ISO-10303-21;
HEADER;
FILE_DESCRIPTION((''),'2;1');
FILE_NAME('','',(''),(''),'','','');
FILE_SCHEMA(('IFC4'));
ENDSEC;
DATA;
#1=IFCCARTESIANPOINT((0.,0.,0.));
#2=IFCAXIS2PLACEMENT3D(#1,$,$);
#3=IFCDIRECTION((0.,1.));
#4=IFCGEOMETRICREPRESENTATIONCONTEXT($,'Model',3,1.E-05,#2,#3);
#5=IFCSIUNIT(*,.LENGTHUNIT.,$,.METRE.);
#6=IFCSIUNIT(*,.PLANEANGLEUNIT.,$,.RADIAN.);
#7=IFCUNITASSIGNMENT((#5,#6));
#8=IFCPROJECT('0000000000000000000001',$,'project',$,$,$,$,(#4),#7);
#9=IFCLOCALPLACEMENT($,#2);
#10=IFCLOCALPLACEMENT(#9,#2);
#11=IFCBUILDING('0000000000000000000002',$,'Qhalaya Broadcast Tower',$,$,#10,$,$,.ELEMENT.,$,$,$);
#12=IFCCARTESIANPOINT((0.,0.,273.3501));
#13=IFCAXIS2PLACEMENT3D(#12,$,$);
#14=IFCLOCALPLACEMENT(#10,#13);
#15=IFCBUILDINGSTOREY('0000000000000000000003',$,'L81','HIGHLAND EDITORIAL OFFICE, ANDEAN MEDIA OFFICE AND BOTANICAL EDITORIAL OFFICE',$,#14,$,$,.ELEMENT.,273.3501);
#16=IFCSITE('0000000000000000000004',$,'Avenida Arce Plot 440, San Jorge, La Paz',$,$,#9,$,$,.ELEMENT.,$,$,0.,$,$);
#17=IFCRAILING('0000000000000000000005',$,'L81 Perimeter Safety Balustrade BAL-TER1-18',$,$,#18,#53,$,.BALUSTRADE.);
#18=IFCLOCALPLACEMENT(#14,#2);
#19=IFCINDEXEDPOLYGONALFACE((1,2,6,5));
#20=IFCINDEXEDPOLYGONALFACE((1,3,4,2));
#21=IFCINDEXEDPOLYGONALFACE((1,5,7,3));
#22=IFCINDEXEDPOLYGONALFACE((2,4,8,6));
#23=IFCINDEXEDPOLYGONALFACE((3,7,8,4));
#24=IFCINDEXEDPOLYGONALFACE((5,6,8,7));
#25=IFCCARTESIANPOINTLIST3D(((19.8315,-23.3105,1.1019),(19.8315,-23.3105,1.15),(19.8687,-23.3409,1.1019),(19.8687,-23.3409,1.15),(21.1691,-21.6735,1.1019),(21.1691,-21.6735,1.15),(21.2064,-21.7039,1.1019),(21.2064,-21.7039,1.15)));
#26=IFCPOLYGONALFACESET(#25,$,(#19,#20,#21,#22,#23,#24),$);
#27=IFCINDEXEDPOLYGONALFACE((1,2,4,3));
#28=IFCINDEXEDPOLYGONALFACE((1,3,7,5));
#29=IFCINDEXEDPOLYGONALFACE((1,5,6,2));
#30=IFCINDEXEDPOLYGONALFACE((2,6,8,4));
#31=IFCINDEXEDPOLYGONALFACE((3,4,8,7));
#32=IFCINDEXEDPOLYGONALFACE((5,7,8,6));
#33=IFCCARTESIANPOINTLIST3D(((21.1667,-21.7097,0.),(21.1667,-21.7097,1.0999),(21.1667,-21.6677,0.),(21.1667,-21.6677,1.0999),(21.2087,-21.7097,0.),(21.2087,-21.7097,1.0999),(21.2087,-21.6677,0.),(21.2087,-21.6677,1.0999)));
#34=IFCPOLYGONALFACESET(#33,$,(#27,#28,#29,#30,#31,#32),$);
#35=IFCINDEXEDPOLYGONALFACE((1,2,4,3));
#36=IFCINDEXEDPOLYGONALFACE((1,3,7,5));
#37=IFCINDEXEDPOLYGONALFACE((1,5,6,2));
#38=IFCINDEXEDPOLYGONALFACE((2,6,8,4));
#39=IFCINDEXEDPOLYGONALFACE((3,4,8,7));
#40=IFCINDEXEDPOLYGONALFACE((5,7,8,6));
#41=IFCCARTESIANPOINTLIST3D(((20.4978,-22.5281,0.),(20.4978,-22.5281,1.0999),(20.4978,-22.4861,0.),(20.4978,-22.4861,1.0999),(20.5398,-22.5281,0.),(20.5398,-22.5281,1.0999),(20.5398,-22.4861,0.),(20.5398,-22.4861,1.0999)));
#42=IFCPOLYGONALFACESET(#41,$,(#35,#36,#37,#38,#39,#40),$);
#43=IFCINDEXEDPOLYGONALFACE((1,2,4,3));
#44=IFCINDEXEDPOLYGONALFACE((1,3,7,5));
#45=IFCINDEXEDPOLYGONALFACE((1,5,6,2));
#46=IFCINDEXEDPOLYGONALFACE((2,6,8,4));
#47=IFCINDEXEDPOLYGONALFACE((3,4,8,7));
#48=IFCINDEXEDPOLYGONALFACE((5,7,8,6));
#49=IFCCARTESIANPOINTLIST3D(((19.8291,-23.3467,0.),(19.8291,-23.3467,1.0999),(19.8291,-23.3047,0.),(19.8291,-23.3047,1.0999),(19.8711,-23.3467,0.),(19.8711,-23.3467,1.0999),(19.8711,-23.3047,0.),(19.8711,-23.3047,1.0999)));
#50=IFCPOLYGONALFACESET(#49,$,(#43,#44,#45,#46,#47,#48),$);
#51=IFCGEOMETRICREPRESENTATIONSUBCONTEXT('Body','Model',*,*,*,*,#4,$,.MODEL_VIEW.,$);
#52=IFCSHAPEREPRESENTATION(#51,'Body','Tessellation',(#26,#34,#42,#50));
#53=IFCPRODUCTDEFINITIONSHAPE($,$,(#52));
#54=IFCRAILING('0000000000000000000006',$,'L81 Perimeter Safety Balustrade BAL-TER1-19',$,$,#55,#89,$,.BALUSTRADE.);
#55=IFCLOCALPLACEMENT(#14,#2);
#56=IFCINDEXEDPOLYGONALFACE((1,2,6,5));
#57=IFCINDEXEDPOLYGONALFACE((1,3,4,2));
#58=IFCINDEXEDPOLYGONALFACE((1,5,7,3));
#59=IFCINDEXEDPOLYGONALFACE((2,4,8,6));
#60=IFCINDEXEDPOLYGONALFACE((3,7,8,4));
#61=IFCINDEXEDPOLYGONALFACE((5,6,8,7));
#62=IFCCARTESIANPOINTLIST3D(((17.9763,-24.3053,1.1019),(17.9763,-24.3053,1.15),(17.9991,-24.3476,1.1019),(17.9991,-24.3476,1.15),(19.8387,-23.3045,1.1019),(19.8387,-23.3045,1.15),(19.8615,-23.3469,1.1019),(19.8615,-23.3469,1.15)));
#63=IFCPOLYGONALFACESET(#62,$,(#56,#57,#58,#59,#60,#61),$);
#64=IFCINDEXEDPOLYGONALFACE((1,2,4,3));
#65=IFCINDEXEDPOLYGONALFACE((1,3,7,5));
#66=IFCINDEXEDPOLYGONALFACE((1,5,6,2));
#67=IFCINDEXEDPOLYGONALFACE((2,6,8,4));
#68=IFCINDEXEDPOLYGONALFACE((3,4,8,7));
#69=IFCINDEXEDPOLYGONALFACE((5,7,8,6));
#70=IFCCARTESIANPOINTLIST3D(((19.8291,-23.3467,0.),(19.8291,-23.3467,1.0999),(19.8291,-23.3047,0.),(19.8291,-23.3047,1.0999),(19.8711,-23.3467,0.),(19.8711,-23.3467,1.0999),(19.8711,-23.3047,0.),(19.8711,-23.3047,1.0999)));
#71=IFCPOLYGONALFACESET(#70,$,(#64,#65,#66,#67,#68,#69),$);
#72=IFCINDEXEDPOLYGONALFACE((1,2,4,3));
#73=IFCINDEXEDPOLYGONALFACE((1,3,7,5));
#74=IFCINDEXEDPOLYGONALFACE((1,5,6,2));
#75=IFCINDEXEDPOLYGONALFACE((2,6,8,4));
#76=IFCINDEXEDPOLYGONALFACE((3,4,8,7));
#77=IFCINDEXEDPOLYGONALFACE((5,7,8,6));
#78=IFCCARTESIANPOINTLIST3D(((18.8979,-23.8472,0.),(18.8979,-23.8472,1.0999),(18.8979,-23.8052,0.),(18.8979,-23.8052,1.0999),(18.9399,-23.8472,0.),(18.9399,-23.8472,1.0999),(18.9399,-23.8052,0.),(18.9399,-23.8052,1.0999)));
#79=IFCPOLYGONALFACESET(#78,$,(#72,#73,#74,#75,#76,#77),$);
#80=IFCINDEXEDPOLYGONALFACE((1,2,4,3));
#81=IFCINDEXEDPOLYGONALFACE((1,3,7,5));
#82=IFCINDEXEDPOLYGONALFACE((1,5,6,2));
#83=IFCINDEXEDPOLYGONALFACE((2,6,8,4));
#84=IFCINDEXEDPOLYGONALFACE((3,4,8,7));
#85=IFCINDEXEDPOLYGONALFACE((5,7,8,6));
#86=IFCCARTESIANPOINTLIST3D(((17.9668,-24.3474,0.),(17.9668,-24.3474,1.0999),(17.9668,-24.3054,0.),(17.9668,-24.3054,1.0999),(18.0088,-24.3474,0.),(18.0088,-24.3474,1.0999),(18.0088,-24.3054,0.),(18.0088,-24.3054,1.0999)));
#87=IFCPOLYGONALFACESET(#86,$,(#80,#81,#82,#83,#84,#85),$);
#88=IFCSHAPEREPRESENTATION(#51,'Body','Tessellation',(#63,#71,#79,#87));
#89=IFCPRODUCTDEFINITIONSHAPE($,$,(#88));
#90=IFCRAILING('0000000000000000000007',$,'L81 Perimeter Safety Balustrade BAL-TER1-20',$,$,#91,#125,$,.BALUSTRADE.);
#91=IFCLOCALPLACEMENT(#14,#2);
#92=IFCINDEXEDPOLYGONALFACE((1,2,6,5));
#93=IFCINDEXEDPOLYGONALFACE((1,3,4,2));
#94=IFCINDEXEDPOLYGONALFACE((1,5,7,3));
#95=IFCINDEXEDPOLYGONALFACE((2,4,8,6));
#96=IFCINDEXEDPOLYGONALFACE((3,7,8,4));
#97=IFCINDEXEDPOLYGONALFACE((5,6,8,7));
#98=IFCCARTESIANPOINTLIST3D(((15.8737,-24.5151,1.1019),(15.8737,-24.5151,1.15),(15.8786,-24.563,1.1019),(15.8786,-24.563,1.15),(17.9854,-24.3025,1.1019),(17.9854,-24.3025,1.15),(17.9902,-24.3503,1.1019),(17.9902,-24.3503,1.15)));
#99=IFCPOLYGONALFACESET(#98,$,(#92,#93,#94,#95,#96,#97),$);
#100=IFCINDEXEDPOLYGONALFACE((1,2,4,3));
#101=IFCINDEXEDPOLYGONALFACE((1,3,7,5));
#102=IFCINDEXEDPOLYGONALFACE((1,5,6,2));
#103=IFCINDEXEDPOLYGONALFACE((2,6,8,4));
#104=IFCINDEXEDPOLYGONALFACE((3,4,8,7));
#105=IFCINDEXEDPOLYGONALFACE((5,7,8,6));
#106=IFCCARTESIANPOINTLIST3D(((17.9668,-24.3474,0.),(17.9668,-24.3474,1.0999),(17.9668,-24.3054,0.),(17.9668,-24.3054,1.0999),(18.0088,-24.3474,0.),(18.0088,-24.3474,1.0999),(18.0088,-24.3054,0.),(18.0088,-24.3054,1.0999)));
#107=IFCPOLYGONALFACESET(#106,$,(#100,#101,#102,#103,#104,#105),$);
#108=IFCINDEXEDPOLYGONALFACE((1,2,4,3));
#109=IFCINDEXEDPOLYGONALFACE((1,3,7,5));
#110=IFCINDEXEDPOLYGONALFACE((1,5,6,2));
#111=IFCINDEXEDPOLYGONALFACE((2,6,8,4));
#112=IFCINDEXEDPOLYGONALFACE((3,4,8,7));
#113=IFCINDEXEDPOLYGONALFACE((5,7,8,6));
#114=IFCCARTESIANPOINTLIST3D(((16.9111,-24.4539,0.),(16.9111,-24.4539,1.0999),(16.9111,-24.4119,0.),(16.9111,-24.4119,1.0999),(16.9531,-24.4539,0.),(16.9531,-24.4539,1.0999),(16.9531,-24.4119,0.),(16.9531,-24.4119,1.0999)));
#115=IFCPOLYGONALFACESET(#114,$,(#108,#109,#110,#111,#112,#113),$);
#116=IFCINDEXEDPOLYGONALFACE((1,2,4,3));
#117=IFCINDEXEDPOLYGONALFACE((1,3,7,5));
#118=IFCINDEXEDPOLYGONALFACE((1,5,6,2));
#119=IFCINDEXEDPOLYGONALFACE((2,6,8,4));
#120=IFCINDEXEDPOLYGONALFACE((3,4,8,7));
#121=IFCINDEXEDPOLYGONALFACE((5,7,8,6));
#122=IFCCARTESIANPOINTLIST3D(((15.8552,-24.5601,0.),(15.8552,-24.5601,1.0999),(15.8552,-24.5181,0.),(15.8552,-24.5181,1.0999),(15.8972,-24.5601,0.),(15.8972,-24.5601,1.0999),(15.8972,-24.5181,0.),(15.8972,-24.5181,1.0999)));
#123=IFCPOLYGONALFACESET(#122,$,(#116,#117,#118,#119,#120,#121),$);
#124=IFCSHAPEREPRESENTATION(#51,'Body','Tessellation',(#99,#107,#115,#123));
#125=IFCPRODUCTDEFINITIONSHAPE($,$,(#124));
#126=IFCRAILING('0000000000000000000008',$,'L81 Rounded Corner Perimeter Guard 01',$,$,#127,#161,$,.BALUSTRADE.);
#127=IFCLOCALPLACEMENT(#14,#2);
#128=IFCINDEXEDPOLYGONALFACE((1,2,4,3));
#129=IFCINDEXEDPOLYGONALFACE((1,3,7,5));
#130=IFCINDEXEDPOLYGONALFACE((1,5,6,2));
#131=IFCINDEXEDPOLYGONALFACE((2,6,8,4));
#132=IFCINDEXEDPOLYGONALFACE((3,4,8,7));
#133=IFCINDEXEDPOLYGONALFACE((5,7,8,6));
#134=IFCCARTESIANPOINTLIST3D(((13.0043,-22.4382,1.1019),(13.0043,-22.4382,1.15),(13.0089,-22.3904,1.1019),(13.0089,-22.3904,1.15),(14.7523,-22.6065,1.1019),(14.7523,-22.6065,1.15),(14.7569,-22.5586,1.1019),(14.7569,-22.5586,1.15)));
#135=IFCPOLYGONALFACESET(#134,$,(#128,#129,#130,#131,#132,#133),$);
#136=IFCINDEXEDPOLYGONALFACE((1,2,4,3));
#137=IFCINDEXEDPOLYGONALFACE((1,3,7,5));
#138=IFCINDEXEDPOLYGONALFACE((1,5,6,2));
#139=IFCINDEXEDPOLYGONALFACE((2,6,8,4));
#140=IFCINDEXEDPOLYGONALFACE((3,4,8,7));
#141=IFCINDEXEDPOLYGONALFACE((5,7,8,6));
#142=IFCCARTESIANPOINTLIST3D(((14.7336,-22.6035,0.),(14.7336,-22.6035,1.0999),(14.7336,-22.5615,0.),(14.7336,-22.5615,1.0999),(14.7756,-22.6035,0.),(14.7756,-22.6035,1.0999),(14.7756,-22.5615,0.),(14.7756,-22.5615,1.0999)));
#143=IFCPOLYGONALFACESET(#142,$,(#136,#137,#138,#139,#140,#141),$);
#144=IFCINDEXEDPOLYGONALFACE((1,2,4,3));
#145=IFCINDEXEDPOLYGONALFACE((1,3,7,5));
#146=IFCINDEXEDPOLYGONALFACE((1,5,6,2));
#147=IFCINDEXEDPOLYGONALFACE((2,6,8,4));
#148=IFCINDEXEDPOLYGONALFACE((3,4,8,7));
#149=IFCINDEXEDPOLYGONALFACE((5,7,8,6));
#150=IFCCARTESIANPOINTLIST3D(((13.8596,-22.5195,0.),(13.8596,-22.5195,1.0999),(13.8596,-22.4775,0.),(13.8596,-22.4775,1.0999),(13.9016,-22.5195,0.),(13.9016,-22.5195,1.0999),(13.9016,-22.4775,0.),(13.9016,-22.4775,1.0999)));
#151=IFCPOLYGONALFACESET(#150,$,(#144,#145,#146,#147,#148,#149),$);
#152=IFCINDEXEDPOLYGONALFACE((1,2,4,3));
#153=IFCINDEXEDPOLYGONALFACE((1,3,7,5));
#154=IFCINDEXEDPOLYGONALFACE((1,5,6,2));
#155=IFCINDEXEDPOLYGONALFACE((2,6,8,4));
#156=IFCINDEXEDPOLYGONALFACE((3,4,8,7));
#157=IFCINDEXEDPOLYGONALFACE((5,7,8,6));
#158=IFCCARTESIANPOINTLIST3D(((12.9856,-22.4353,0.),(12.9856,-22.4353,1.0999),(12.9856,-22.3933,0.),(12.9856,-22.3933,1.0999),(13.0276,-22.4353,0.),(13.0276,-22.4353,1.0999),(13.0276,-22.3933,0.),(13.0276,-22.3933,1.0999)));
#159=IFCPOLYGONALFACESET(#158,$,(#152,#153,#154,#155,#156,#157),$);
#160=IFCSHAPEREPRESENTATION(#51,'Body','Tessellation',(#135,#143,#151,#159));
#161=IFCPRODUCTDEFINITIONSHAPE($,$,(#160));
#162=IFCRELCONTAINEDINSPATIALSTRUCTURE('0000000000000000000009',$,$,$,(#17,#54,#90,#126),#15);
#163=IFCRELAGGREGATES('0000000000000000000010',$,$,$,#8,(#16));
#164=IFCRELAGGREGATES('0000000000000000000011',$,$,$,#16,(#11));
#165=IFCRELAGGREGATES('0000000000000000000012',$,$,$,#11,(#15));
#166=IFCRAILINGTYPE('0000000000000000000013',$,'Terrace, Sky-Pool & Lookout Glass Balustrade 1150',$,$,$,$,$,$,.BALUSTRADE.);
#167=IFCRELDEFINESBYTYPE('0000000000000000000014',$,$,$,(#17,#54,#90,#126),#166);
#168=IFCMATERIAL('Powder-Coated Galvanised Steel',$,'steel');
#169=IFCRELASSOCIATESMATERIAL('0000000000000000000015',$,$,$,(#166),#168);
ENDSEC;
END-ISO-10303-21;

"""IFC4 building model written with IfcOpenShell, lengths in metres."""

from ifc_helpers import new_model, si_unit, direction, frame, origin, origin_2d, place, context, subcontext, project, spatial, rectangle, extrude, material, type_object, element, save


model = new_model("IFC4")

# Units and contexts
model_context = context("Model", 3, precision=1e-05, world=origin(), true_north=direction((0.0, 1.0)))
body_context = subcontext(model_context, "Body", "Model", "MODEL_VIEW")
ifc_project = project(units=[si_unit("LENGTHUNIT", "METRE"), si_unit("PLANEANGLEUNIT", "RADIAN")], contexts=[model_context])

# Site, building, storey
site_placement = place(None, origin())
site = spatial("IfcSite", under=ifc_project, at=site_placement, Name="Avenida Arce Plot 440, San Jorge, La Paz", CompositionType="ELEMENT", RefElevation=0.0)
building_placement = place(site_placement, origin())
building = spatial("IfcBuilding", under=site, at=building_placement, Name="Qhalaya Broadcast Tower", CompositionType="ELEMENT")
storey_placement = place(building_placement, frame((0.0, 0.0, 273.3501)))
storey = spatial("IfcBuildingStorey", under=building, at=storey_placement, Name="L81", Description="HIGHLAND EDITORIAL OFFICE, ANDEAN MEDIA OFFICE AND BOTANICAL EDITORIAL OFFICE", CompositionType="ELEMENT", Elevation=273.3501)

# Railings
ifc_material_1 = material(Name="Powder-Coated Galvanised Steel", Category="steel")
railing_type = type_object("IfcRailingType", Name="Terrace, Sky-Pool & Lookout Glass Balustrade 1150", PredefinedType="BALUSTRADE", material=ifc_material_1)
railing_1_placement = place(storey_placement, frame((21.1877, -21.6887, 0.0)))
element("IfcRailing", 1, at=railing_1_placement, inside=storey, type_object=railing_type, Name="L81 Perimeter Safety Balustrade BAL-TER1-18", PredefinedType="BALUSTRADE", context=body_context, shape_type="SweptSolid", body=[
    extrude(rectangle(XDim=0.0481, YDim=0.0481, at=origin_2d()), frame((0.0, 0.0, 1.126), z_axis=(-0.63276, -0.774348, 0.0), x_axis=(0.774348, -0.63276, 0.0)), (0.0, 0.0, 1.0), 2.114),
    extrude(rectangle(XDim=0.042, YDim=0.042, at=origin_2d()), origin(), (0.0, 0.0, 1.0), 1.0999),
    extrude(rectangle(XDim=0.042, YDim=0.042, at=origin_2d()), frame((-0.6689, -0.8184, 0.0)), (0.0, 0.0, 1.0), 1.0999),
    extrude(rectangle(XDim=0.042, YDim=0.042, at=origin_2d()), frame((-1.3376, -1.637, 0.0)), (0.0, 0.0, 1.0), 1.0999),
])
railing_2_placement = place(storey_placement, frame((19.8501, -23.3257, 0.0)))
element("IfcRailing", 2, at=railing_2_placement, inside=storey, type_object=railing_type, Name="L81 Perimeter Safety Balustrade BAL-TER1-19", PredefinedType="BALUSTRADE", context=body_context, shape_type="SweptSolid", body=[
    extrude(rectangle(XDim=0.0481, YDim=0.0481, at=origin_2d()), frame((0.0, 0.0, 1.126), z_axis=(-0.880875, -0.473349, 0.0), x_axis=(0.473349, -0.880875, 0.0)), (0.0, 0.0, 1.0), 2.1143),
    extrude(rectangle(XDim=0.042, YDim=0.042, at=origin_2d()), origin(), (0.0, 0.0, 1.0), 1.0999),
    extrude(rectangle(XDim=0.042, YDim=0.042, at=origin_2d()), frame((-0.9312, -0.5005, 0.0)), (0.0, 0.0, 1.0), 1.0999),
    extrude(rectangle(XDim=0.042, YDim=0.042, at=origin_2d()), frame((-1.8623, -1.0007, 0.0)), (0.0, 0.0, 1.0), 1.0999),
])
railing_3_placement = place(storey_placement, frame((17.9878, -24.3264, 0.0)))
element("IfcRailing", 3, at=railing_3_placement, inside=storey, type_object=railing_type, Name="L81 Perimeter Safety Balustrade BAL-TER1-20", PredefinedType="BALUSTRADE", context=body_context, shape_type="SweptSolid", body=[
    extrude(rectangle(XDim=0.0481, YDim=0.0481, at=origin_2d()), frame((0.0, 0.0, 1.126), z_axis=(-0.994967, -0.100198, 0.0), x_axis=(0.100198, -0.994967, 0.0)), (0.0, 0.0, 1.0), 2.1223),
    extrude(rectangle(XDim=0.042, YDim=0.042, at=origin_2d()), origin(), (0.0, 0.0, 1.0), 1.0999),
    extrude(rectangle(XDim=0.042, YDim=0.042, at=origin_2d()), frame((-1.0557, -0.1064, 0.0)), (0.0, 0.0, 1.0), 1.0999),
    extrude(rectangle(XDim=0.042, YDim=0.042, at=origin_2d()), frame((-2.1116, -0.2126, 0.0)), (0.0, 0.0, 1.0), 1.0999),
])
railing_4_placement = place(storey_placement, frame((14.7546, -22.5825, 0.0)))
element("IfcRailing", 4, at=railing_4_placement, inside=storey, type_object=railing_type, Name="L81 Rounded Corner Perimeter Guard 01", PredefinedType="BALUSTRADE", context=body_context, shape_type="SweptSolid", body=[
    extrude(rectangle(XDim=0.0481, YDim=0.0481, at=origin_2d()), frame((0.0, 0.0, 1.126), z_axis=(-0.995402, 0.095787, 0.0), x_axis=(-0.095787, -0.995402, 0.0)), (0.0, 0.0, 1.0), 1.7561),
    extrude(rectangle(XDim=0.042, YDim=0.042, at=origin_2d()), origin(), (0.0, 0.0, 1.0), 1.0999),
    extrude(rectangle(XDim=0.042, YDim=0.042, at=origin_2d()), frame((-0.874, 0.084, 0.0)), (0.0, 0.0, 1.0), 1.0999),
    extrude(rectangle(XDim=0.042, YDim=0.042, at=origin_2d()), frame((-1.748, 0.1682, 0.0)), (0.0, 0.0, 1.0), 1.0999),
])

save(model, "model.ifc")
